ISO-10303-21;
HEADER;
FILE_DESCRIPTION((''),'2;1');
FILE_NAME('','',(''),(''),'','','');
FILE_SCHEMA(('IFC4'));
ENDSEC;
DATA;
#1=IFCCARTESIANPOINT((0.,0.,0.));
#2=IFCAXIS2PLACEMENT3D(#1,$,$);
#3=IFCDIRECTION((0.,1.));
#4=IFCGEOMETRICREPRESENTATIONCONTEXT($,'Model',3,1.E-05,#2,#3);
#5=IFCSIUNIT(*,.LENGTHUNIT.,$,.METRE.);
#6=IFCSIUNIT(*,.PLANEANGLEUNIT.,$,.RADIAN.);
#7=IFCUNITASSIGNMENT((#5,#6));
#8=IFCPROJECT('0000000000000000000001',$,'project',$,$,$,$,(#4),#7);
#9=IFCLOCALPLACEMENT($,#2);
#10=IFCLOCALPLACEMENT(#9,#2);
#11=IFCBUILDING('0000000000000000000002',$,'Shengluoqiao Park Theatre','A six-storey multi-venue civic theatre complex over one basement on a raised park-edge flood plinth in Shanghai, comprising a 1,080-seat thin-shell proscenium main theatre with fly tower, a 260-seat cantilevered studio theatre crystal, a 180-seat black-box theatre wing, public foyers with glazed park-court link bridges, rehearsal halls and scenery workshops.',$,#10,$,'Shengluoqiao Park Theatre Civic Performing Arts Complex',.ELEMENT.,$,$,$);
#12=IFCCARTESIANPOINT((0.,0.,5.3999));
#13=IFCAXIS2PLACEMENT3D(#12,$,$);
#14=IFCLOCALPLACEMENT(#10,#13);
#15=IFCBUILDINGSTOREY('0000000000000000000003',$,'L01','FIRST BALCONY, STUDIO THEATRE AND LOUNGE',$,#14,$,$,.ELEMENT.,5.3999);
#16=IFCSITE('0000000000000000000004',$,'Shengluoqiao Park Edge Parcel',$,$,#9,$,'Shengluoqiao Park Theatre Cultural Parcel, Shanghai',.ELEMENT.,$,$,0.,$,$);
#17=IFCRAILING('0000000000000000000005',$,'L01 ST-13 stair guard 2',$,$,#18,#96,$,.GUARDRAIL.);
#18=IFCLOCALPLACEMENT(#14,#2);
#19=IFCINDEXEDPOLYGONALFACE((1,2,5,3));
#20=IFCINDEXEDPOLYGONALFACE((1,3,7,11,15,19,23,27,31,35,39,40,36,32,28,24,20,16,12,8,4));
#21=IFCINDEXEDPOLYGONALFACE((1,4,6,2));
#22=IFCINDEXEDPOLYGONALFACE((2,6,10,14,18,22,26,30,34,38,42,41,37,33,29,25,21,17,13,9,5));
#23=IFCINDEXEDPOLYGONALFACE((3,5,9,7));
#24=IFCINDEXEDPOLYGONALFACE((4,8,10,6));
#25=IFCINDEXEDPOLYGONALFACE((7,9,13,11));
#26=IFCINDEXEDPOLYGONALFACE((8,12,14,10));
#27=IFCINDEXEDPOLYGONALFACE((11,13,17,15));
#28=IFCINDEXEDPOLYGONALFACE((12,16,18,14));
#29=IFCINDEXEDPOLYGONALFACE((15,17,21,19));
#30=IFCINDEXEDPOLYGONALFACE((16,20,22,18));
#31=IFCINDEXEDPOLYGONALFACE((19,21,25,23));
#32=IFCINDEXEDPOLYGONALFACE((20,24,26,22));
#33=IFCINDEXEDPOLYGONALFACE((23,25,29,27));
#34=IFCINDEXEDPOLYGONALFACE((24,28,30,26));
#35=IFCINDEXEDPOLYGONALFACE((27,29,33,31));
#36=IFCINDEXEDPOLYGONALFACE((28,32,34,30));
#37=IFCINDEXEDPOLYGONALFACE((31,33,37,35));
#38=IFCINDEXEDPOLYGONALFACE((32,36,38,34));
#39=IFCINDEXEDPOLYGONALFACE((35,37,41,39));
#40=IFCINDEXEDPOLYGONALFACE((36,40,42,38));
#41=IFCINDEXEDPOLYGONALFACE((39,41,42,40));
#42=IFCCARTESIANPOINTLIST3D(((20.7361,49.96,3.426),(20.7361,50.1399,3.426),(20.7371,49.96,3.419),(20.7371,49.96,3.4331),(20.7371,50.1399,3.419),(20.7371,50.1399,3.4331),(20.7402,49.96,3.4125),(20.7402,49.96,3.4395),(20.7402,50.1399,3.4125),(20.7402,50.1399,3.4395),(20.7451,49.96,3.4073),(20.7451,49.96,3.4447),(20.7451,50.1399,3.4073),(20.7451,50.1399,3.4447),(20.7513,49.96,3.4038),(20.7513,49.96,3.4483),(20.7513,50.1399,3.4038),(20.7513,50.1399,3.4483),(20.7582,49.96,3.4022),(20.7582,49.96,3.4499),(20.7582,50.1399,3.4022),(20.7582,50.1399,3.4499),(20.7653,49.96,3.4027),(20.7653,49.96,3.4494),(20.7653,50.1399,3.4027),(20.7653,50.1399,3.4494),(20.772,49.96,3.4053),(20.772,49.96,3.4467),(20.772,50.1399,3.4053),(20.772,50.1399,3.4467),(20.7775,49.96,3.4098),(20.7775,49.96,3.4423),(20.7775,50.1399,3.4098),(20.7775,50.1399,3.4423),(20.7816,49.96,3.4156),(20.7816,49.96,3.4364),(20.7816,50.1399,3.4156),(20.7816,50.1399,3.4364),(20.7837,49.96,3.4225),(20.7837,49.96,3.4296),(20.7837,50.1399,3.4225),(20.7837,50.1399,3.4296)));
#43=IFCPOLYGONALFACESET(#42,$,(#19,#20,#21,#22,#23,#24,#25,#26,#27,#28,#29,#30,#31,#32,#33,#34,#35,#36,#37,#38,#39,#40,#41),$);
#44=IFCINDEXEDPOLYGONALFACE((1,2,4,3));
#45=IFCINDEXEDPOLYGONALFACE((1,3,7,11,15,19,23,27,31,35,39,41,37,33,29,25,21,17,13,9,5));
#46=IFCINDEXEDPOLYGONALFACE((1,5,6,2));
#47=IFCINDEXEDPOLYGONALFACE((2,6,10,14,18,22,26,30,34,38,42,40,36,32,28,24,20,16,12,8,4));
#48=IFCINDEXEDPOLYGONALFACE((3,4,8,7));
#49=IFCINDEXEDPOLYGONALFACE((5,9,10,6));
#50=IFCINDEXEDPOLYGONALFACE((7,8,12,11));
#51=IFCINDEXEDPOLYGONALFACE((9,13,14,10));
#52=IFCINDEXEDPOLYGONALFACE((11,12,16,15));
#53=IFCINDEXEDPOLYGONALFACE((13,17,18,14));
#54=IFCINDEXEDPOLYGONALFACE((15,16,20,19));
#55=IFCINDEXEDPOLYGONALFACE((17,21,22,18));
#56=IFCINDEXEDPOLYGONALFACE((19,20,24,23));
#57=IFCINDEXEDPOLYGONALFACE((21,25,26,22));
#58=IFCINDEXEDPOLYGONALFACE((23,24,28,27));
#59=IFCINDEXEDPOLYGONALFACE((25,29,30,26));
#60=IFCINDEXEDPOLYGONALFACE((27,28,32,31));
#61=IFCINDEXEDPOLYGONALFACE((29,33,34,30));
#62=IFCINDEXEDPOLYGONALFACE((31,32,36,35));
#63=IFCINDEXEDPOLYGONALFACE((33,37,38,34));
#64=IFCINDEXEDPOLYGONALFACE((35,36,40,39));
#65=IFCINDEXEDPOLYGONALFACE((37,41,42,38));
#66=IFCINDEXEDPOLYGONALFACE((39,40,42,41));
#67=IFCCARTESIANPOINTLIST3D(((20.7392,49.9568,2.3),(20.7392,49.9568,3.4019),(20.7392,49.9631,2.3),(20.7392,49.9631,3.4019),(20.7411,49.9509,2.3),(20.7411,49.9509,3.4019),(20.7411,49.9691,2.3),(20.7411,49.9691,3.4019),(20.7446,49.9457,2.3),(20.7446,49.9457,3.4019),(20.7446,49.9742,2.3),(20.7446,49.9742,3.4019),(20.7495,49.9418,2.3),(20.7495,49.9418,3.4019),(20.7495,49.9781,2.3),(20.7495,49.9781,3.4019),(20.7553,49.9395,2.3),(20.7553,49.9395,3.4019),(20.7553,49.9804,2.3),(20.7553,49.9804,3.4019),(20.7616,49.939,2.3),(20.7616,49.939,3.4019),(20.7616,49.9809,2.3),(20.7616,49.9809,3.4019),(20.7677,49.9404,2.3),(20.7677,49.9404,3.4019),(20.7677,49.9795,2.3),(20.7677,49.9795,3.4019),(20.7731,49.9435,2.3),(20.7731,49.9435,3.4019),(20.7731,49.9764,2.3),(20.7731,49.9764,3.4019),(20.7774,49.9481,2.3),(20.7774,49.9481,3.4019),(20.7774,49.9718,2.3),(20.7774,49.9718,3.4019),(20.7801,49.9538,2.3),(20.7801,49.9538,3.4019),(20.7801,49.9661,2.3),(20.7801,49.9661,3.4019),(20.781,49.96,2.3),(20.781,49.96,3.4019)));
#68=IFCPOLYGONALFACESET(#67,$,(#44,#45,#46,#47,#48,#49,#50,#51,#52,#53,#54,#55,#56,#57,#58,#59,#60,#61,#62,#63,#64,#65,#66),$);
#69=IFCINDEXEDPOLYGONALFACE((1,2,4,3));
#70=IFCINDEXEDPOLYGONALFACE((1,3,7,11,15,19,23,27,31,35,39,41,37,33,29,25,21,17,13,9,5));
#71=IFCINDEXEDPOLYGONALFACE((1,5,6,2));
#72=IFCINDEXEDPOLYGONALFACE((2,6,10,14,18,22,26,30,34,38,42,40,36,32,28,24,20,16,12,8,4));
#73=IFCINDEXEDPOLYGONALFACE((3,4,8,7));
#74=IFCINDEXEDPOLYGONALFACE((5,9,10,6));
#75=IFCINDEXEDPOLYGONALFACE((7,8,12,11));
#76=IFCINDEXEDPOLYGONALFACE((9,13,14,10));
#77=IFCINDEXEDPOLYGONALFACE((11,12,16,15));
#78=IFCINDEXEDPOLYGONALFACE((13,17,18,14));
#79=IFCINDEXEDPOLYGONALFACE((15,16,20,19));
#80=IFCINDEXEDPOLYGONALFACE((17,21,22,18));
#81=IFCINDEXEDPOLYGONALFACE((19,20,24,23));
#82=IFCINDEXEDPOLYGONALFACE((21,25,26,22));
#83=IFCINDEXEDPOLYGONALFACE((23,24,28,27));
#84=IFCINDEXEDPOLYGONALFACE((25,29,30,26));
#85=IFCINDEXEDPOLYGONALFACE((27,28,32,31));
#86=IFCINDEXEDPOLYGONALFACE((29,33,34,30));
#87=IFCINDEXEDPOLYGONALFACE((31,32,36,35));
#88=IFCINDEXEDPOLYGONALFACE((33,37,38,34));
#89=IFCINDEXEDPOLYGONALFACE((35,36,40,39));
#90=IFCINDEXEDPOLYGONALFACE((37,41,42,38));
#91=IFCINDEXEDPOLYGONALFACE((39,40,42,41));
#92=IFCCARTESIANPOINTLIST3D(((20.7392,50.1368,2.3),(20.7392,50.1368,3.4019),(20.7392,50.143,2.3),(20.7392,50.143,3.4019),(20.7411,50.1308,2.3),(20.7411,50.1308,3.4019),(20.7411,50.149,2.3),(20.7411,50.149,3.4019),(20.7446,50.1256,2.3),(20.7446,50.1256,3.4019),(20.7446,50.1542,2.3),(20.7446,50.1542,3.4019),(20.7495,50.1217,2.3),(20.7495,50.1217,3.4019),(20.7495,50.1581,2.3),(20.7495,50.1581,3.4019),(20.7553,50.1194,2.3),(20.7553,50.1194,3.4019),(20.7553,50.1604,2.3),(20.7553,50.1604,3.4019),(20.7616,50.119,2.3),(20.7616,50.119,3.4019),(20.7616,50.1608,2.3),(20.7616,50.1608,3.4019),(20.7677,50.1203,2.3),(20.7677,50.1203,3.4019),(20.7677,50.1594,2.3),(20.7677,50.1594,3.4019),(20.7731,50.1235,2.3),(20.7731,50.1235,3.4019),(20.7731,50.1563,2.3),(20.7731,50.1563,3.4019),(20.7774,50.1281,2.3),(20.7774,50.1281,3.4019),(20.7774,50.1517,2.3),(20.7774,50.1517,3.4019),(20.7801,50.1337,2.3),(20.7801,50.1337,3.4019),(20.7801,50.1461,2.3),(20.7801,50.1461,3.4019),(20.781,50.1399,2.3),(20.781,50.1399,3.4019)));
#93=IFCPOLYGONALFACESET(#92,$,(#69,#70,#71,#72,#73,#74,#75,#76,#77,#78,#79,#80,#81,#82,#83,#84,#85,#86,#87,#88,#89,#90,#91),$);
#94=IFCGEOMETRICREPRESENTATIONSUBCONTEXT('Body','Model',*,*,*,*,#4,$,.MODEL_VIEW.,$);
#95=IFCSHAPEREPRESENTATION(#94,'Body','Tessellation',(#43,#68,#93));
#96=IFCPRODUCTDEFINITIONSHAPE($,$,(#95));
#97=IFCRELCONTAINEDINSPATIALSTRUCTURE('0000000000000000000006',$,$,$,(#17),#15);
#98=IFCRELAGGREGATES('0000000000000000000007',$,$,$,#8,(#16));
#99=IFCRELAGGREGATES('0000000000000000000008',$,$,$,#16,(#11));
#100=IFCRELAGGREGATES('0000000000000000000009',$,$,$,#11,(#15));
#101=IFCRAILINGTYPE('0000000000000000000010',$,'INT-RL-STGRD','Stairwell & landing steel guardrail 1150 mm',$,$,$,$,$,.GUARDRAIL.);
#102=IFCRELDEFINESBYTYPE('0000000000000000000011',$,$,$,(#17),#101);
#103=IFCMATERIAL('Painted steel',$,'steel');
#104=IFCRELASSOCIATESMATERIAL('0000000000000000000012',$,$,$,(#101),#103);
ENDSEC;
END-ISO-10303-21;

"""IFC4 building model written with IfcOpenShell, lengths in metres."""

from ifc_helpers import new_model, si_unit, direction, frame, origin, origin_2d, place, context, subcontext, project, spatial, circle, extrude, material, type_object, element, save


model = new_model("IFC4")

# Units and contexts
model_context = context("Model", 3, precision=1e-05, world=origin(), true_north=direction((0.0, 1.0)))
body_context = subcontext(model_context, "Body", "Model", "MODEL_VIEW")
ifc_project = project(units=[si_unit("LENGTHUNIT", "METRE"), si_unit("PLANEANGLEUNIT", "RADIAN")], contexts=[model_context])

# Site, building, storey
site_placement = place(None, origin())
site = spatial("IfcSite", under=ifc_project, at=site_placement, Name="Shengluoqiao Park Edge Parcel", LongName="Shengluoqiao Park Theatre Cultural Parcel, Shanghai", CompositionType="ELEMENT", RefElevation=0.0)
building_placement = place(site_placement, origin())
building = spatial("IfcBuilding", under=site, at=building_placement, Name="Shengluoqiao Park Theatre", Description="A six-storey multi-venue civic theatre complex over one basement on a raised park-edge flood plinth in Shanghai, comprising a 1,080-seat thin-shell proscenium main theatre with fly tower, a 260-seat cantilevered studio theatre crystal, a 180-seat black-box theatre wing, public foyers with glazed park-court link bridges, rehearsal halls and scenery workshops.", LongName="Shengluoqiao Park Theatre Civic Performing Arts Complex", CompositionType="ELEMENT")
storey_placement = place(building_placement, frame((0.0, 0.0, 5.3999)))
storey = spatial("IfcBuildingStorey", under=building, at=storey_placement, Name="L01", Description="FIRST BALCONY, STUDIO THEATRE AND LOUNGE", CompositionType="ELEMENT", Elevation=5.3999)

# Railing
ifc_material_1 = material(Name="Painted steel", Category="steel")
railing_type_1 = type_object("IfcRailingType", Name="INT-RL-STGRD", Description="Stairwell & landing steel guardrail 1150 mm", PredefinedType="GUARDRAIL", material=ifc_material_1)
railing_1_placement = place(storey_placement, frame((20.76, 49.96, 2.3)))
element("IfcRailing", 1, at=railing_1_placement, inside=storey, type_object=railing_type_1, Name="L01 ST-13 stair guard 2", PredefinedType="GUARDRAIL", context=body_context, shape_type="SweptSolid", body=[
    extrude(circle(Radius=0.0239, at=origin_2d()), frame((0.0, 0.0, 1.126), z_axis=(0.0, 1.0, 0.0), x_axis=(-1.0, 0.0, 0.0)), (0.0, 0.0, 1.0), 0.1799),
    extrude(circle(Radius=0.021, at=origin_2d()), origin(), (0.0, 0.0, 1.0), 1.1018),
    extrude(circle(Radius=0.021, at=origin_2d()), frame((0.0, 0.1799, 0.0)), (0.0, 0.0, 1.0), 1.1018),
])

save(model, "model.ifc")
